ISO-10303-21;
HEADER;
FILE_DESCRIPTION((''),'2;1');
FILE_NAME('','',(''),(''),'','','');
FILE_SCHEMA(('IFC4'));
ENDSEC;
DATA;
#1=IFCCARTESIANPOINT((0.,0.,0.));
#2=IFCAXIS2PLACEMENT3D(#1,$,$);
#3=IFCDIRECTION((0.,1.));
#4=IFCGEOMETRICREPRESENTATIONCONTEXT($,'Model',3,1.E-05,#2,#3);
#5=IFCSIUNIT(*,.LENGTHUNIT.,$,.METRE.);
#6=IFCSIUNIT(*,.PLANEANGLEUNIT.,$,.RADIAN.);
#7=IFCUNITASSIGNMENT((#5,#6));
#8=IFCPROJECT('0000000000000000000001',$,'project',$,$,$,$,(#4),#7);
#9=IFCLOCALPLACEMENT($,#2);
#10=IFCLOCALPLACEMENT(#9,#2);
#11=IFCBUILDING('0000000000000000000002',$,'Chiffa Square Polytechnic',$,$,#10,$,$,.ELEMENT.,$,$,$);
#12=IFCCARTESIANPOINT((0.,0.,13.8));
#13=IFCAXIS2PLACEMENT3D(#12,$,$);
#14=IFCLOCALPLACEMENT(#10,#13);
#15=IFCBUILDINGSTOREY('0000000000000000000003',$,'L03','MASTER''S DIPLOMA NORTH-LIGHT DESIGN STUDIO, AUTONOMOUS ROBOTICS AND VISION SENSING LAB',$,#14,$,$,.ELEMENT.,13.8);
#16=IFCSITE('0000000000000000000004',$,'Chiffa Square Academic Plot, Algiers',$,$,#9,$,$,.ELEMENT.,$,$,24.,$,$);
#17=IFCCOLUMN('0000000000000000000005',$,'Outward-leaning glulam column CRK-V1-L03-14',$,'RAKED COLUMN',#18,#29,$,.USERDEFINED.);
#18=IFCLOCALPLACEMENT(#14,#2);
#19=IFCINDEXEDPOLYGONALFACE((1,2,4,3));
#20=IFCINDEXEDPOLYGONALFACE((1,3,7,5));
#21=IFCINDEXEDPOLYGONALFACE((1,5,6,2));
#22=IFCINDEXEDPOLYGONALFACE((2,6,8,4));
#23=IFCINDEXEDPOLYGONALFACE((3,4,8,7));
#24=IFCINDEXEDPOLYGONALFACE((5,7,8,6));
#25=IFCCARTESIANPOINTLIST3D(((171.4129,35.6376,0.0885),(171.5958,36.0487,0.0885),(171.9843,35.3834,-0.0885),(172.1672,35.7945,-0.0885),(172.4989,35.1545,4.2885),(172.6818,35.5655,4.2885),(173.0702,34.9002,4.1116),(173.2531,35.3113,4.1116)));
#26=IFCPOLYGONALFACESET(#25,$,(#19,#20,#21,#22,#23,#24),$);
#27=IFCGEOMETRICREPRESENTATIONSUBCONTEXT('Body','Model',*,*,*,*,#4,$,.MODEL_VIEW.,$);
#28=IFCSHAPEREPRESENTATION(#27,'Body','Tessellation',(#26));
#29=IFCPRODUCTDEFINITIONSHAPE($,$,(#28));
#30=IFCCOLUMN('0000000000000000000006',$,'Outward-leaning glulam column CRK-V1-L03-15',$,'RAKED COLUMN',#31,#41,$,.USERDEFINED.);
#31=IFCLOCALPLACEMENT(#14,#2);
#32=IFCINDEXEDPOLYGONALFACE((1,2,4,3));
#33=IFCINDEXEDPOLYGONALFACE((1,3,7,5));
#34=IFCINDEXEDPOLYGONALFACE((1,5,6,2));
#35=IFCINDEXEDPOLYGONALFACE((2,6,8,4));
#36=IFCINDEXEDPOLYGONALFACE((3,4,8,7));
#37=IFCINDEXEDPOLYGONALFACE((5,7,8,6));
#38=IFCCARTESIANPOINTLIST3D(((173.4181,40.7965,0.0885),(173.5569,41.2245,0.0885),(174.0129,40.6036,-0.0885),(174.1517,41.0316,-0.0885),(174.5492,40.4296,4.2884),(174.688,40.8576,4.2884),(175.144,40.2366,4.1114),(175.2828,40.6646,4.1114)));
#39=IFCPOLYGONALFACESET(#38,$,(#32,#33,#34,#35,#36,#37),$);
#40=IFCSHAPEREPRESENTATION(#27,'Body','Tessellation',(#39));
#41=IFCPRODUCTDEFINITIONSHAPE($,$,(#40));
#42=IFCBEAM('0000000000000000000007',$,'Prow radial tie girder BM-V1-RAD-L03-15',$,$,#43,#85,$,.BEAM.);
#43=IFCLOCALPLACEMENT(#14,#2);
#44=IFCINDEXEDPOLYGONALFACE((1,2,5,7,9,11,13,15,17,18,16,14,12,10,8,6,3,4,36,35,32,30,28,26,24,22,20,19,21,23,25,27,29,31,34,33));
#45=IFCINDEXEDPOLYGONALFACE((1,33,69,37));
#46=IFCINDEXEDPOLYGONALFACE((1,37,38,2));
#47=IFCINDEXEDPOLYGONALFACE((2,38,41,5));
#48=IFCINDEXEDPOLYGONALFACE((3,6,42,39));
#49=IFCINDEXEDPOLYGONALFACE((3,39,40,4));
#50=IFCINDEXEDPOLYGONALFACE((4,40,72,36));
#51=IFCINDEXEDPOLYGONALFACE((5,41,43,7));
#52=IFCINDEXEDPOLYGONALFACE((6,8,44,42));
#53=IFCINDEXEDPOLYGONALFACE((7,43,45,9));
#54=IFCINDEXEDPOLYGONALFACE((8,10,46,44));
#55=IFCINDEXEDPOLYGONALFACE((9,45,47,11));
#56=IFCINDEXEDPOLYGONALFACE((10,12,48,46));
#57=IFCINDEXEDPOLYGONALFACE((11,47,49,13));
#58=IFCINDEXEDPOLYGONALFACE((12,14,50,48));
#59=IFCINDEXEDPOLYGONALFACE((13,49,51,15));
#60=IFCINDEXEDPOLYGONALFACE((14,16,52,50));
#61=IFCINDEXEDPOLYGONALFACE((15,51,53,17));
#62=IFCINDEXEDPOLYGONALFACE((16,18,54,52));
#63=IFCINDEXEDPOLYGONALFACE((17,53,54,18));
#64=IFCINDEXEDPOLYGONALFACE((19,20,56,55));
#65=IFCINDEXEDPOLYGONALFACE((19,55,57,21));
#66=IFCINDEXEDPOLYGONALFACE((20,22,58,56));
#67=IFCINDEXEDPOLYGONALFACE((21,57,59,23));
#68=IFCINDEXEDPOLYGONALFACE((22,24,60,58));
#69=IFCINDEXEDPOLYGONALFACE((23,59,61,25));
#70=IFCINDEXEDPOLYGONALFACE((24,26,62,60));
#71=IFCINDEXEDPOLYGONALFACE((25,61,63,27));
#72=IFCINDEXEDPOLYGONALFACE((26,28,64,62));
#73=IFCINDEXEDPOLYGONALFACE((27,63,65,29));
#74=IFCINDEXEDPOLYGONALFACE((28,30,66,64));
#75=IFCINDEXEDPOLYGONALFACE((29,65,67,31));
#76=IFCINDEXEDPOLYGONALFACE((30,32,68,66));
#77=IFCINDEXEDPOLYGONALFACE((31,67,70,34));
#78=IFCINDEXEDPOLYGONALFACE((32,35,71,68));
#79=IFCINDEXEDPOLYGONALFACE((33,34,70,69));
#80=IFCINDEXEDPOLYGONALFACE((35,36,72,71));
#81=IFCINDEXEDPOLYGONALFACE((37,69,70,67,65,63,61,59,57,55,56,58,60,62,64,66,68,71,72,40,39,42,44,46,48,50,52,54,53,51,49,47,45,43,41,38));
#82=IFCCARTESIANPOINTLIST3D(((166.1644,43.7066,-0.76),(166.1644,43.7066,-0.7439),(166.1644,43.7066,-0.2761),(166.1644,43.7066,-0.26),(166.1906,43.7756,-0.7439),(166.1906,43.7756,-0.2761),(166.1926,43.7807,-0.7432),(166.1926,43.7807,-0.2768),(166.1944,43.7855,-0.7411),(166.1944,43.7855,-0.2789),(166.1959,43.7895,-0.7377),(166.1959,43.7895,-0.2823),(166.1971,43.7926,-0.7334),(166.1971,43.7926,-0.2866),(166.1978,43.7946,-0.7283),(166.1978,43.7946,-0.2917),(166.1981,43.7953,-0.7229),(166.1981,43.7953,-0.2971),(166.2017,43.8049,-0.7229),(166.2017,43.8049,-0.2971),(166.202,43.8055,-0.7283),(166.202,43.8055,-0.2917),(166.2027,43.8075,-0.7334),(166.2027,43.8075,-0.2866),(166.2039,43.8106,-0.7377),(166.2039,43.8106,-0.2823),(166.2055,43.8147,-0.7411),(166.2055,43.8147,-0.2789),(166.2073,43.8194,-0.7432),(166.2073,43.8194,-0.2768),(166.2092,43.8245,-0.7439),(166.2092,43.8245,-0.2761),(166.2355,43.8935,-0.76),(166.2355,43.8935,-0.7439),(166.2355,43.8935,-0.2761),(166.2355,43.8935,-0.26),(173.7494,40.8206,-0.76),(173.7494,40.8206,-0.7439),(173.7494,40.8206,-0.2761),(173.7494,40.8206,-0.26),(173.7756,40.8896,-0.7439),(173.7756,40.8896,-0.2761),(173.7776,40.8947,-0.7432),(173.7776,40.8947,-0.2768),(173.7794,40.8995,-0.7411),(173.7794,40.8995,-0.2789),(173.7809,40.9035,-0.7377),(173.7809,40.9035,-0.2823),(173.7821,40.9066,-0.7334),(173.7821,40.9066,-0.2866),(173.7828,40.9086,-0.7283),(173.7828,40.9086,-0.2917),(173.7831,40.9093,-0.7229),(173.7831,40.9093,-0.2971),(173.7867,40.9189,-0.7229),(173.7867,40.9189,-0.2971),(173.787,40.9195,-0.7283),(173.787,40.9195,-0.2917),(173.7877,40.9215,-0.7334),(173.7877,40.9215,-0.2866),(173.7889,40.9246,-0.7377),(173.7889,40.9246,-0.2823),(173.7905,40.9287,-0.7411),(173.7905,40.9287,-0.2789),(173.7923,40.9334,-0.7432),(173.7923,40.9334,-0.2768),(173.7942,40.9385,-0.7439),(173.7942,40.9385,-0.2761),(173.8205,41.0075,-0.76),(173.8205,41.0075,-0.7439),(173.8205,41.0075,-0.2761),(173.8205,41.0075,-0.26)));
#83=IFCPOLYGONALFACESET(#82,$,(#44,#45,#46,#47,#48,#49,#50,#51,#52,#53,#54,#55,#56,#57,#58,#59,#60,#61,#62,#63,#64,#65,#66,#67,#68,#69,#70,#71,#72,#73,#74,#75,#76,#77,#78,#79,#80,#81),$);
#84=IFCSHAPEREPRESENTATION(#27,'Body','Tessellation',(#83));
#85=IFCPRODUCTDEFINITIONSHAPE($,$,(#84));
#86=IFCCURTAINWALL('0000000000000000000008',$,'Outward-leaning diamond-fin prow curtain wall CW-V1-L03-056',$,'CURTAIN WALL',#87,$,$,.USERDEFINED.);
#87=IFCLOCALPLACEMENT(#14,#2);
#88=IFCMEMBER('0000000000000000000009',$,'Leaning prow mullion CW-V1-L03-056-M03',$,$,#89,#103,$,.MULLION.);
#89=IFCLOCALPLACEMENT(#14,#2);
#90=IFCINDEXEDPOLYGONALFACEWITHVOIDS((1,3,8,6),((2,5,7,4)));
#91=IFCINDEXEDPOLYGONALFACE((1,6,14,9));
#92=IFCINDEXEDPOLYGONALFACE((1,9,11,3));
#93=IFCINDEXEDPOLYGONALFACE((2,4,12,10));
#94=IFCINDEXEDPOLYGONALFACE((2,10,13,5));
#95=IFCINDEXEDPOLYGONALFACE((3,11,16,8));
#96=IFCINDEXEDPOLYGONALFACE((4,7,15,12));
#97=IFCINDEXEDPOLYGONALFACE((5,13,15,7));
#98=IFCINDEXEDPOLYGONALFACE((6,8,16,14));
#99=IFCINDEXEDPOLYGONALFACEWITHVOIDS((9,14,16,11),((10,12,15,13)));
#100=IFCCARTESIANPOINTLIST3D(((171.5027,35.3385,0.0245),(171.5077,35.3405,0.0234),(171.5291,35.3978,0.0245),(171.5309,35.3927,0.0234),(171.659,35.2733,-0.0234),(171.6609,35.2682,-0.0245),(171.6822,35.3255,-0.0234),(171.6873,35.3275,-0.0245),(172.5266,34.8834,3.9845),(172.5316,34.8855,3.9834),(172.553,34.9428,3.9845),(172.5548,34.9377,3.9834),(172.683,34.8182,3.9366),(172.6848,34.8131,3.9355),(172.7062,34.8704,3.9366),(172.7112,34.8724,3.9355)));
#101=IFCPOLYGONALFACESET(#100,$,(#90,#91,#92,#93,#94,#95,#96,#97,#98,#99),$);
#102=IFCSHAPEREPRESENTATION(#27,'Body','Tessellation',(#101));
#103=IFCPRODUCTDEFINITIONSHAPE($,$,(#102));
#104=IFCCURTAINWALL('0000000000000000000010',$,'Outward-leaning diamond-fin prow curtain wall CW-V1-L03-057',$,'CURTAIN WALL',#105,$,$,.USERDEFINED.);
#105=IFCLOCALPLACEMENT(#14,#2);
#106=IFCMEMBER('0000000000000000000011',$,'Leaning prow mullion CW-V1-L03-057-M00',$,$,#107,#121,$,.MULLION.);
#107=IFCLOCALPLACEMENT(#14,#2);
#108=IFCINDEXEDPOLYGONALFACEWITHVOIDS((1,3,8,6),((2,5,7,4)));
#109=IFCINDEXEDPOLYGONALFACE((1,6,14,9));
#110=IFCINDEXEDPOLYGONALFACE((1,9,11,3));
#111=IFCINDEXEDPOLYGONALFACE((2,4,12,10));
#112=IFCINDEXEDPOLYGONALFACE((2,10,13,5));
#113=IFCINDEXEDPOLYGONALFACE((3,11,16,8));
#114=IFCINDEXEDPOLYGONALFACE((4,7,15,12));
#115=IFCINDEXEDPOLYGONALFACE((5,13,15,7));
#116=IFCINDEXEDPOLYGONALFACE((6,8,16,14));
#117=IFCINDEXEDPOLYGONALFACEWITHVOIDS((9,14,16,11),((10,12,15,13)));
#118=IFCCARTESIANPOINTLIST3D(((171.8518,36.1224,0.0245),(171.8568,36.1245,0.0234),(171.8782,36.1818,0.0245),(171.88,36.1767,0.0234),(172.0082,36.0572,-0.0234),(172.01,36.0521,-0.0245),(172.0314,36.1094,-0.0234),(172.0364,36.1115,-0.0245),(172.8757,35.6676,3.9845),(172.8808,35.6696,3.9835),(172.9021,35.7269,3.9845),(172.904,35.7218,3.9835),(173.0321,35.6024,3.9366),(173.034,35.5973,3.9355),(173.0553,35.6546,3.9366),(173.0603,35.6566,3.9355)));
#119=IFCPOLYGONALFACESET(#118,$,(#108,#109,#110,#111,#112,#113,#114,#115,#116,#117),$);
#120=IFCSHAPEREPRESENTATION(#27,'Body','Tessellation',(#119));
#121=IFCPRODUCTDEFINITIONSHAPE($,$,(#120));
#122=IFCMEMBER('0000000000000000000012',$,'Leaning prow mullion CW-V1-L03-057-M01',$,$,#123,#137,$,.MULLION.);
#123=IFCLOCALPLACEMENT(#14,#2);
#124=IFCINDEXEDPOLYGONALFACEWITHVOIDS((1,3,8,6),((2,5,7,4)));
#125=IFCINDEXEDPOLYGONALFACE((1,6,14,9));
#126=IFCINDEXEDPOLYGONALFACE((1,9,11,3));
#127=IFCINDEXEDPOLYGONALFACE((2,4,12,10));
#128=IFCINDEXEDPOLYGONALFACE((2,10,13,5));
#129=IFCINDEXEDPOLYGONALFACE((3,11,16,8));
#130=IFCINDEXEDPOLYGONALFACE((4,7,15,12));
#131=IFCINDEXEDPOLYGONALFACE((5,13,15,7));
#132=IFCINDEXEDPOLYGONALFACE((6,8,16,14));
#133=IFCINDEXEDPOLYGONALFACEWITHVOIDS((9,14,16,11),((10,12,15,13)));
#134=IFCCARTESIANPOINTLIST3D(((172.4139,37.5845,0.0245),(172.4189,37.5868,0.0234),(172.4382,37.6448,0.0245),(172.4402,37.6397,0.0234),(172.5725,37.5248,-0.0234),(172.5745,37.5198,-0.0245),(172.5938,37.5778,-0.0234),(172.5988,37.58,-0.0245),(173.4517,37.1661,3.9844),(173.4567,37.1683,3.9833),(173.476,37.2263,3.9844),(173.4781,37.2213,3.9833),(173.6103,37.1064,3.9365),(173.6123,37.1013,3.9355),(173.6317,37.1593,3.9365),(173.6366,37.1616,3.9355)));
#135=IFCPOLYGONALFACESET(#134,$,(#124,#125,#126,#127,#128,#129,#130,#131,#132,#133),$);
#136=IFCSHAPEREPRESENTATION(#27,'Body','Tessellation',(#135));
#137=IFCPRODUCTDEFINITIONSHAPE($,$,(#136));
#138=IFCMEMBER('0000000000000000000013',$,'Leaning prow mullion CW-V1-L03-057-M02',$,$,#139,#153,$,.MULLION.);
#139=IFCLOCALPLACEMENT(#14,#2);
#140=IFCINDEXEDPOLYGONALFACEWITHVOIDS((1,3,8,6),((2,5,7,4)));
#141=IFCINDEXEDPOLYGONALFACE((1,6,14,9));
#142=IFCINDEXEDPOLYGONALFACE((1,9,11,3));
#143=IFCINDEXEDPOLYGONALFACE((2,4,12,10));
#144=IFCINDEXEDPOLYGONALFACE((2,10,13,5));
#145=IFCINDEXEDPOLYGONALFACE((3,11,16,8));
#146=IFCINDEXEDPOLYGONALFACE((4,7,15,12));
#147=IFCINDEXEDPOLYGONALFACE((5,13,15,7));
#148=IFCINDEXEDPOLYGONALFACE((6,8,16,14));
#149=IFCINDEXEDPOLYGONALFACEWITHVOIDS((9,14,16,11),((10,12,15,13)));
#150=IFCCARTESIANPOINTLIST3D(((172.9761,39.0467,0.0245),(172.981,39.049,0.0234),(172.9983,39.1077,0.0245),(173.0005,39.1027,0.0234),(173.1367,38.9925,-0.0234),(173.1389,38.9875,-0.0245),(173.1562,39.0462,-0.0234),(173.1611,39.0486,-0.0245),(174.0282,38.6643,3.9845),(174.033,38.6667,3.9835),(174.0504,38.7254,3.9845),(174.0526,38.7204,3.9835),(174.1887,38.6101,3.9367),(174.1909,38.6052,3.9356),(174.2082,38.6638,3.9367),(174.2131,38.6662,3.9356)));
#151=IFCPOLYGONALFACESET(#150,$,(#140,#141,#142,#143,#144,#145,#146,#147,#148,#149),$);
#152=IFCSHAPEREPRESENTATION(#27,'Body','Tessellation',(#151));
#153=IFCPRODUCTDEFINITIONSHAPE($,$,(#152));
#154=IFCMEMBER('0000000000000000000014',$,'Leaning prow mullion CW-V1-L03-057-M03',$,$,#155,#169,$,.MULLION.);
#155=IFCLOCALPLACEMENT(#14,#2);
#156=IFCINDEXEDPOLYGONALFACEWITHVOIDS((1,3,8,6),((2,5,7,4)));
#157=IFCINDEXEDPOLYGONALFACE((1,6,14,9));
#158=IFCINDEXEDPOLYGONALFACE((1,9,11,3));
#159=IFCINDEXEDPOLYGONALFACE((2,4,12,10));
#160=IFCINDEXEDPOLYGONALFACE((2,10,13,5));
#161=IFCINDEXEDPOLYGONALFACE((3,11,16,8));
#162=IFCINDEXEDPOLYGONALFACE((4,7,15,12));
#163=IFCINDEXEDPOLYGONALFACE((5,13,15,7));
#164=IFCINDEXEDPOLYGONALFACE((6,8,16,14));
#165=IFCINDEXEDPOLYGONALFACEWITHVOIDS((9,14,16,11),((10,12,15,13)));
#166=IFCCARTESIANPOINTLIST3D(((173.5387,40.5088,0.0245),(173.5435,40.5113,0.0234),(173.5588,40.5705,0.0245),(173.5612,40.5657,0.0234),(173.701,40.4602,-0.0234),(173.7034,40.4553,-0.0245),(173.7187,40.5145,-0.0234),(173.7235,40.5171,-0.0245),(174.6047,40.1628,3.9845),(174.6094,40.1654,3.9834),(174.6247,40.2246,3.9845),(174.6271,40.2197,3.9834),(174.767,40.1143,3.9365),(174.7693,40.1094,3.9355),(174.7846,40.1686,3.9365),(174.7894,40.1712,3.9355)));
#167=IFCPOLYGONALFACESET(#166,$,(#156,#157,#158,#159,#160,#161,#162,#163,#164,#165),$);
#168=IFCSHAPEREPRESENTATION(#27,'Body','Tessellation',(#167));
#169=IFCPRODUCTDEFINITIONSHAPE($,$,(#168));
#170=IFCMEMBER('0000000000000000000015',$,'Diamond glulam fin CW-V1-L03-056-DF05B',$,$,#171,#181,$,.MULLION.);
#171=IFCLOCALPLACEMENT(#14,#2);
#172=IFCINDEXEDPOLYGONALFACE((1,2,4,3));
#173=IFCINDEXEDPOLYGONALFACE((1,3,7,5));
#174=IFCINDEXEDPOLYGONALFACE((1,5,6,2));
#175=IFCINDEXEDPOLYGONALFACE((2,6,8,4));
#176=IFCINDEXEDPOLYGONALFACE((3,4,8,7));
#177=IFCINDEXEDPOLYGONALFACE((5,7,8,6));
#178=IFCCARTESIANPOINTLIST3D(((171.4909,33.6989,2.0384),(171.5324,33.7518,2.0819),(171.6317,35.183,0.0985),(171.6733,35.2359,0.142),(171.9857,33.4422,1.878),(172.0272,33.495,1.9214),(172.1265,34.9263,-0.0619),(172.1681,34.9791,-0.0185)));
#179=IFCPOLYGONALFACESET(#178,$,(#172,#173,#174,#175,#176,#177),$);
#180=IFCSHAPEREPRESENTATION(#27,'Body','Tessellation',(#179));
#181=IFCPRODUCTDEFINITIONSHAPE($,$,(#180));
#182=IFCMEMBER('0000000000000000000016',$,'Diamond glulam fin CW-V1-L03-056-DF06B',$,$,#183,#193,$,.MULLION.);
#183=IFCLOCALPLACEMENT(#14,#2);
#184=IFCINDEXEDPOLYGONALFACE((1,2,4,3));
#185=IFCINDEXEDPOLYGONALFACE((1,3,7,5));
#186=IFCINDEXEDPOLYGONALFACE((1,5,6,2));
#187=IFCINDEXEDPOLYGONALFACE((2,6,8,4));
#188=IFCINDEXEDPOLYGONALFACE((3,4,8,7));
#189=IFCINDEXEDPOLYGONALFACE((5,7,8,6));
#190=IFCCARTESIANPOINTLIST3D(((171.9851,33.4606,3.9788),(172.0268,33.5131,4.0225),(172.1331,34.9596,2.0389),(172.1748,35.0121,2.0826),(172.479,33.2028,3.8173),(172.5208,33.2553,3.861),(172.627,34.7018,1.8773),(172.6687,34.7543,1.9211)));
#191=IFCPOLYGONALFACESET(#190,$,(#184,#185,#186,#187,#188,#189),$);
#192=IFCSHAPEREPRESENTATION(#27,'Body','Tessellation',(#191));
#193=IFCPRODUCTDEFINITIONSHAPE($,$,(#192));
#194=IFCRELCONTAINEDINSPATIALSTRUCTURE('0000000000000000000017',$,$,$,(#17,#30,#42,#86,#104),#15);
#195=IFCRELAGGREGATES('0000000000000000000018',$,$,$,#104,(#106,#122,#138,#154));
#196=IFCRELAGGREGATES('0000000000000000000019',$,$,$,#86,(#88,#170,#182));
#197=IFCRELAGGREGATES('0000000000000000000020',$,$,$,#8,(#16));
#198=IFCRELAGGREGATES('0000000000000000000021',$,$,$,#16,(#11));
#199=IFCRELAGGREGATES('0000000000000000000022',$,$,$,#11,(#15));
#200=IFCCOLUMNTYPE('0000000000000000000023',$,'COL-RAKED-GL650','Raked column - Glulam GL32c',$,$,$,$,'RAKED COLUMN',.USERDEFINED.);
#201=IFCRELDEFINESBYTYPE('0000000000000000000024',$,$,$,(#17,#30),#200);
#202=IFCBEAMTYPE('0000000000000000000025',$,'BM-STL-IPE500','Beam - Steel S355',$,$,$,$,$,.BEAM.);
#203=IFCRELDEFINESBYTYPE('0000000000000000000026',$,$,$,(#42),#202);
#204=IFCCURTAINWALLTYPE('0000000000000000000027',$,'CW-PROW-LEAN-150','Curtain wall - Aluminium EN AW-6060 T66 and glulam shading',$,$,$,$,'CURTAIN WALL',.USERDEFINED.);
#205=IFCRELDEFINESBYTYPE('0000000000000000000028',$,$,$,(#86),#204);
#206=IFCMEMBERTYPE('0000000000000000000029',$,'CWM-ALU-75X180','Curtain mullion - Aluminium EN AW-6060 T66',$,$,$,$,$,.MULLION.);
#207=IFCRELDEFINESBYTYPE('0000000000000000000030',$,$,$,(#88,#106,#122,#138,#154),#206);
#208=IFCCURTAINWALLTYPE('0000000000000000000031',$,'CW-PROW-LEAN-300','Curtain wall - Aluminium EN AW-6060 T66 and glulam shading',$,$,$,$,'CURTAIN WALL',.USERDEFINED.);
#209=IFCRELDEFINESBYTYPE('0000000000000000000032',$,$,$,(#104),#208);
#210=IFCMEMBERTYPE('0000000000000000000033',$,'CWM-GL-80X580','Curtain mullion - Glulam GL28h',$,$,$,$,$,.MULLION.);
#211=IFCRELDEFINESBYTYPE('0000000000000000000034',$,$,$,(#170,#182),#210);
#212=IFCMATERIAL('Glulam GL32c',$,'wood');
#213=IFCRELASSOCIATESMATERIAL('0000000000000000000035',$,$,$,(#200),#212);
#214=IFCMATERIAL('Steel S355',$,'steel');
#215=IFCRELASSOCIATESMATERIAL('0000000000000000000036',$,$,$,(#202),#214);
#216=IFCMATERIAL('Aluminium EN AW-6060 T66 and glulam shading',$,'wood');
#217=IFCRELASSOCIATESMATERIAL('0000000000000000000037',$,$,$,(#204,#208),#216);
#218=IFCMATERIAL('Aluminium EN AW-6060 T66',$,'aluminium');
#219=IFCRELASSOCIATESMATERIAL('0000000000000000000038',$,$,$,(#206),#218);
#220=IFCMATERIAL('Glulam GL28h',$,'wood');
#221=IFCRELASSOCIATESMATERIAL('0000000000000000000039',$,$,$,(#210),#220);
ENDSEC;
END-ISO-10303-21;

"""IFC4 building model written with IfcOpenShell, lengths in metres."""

from ifc_helpers import new_model, si_unit, direction, frame, origin, origin_2d, place, context, subcontext, project, spatial, rectangle, hollow_rectangle, i_section, extrude, material, material_profile, profile_set, type_object, element, aggregate, save


model = new_model("IFC4")

# Units and contexts
model_context = context("Model", 3, precision=1e-05, world=origin(), true_north=direction((0.0, 1.0)))
body_context = subcontext(model_context, "Body", "Model", "MODEL_VIEW")
ifc_project = project(units=[si_unit("LENGTHUNIT", "METRE"), si_unit("PLANEANGLEUNIT", "RADIAN")], contexts=[model_context])

# Site, building, storey
site_placement = place(None, origin())
site = spatial("IfcSite", under=ifc_project, at=site_placement, Name="Chiffa Square Academic Plot, Algiers", CompositionType="ELEMENT", RefElevation=24.0)
building_placement = place(site_placement, origin())
building = spatial("IfcBuilding", under=site, at=building_placement, Name="Chiffa Square Polytechnic", CompositionType="ELEMENT")
storey_placement = place(building_placement, frame((0.0, 0.0, 13.8)))
storey = spatial("IfcBuildingStorey", under=building, at=storey_placement, Name="L03", Description="MASTER'S DIPLOMA NORTH-LIGHT DESIGN STUDIO, AUTONOMOUS ROBOTICS AND VISION SENSING LAB", CompositionType="ELEMENT", Elevation=13.8)

# Columns
ifc_material_1 = material(Name="Glulam GL32c", Category="wood")
ifc_material_profile_1 = material_profile(ifc_material_1, rectangle(XDim=0.45, YDim=0.6499, at=origin_2d()), Name="GL32c 450x650")
ifc_profile_set_1 = profile_set([ifc_material_profile_1], Name="Glulam GL32c")
column_type = type_object("IfcColumnType", Name="COL-RAKED-GL650", Description="Raked column - Glulam GL32c", ElementType="RAKED COLUMN", PredefinedType="USERDEFINED", material=ifc_profile_set_1)
for number, where, z_axis, x_axis, name in (
    (1, (171.79, 35.7161, 0.0), (0.248789, -0.110691, 0.962212), (0.406501, 0.913651, 0.0), "Outward-leaning glulam column CRK-V1-L03-14"),
    (2, (173.7849, 40.9141, 0.0), (0.259127, -0.084064, 0.962178), (0.30858, 0.951198, 0.0), "Outward-leaning glulam column CRK-V1-L03-15"),
):
    element("IfcColumn", number, at=place(storey_placement, frame(where, z_axis=z_axis, x_axis=x_axis)), inside=storey, type_object=column_type, Name=name, ObjectType="RAKED COLUMN", PredefinedType="USERDEFINED", context=body_context, shape_type="SweptSolid", body=[
        extrude(rectangle(XDim=0.45, YDim=0.6499, at=origin_2d()), origin(), (0.0, 0.0, 1.0), 4.365),
    ])

# Beam
ifc_material_2 = material(Name="Steel S355", Category="steel")
ifc_material_profile_2 = material_profile(ifc_material_2, i_section(OverallWidth=0.2, OverallDepth=0.5, WebThickness=0.0103, FlangeThickness=0.0161, FilletRadius=0.021, at=origin_2d()), Name="IPE 500")
ifc_profile_set_2 = profile_set([ifc_material_profile_2], Name="Steel S355")
beam_type_1 = type_object("IfcBeamType", Name="BM-STL-IPE500", Description="Beam - Steel S355", PredefinedType="BEAM", material=ifc_profile_set_2)
beam_1_placement = place(storey_placement, frame((173.7849, 40.9141, -0.51), z_axis=(-0.934632, 0.355616, 0.0), x_axis=(-0.355616, -0.934632, 0.0)))
element("IfcBeam", 3, at=beam_1_placement, inside=storey, type_object=beam_type_1, Name="Prow radial tie girder BM-V1-RAD-L03-15", PredefinedType="BEAM", context=body_context, shape_type="SweptSolid", body=[
    extrude(i_section(OverallWidth=0.2, OverallDepth=0.5, WebThickness=0.0103, FlangeThickness=0.0161, FilletRadius=0.021, at=origin_2d()), origin(), (0.0, 0.0, 1.0), 8.1155),
])

# Curtain wall, member
ifc_material_3 = material(Name="Aluminium EN AW-6060 T66 and glulam shading", Category="wood")
curtain_wall_type_1 = type_object("IfcCurtainWallType", Name="CW-PROW-LEAN-150", Description="Curtain wall - Aluminium EN AW-6060 T66 and glulam shading", ElementType="CURTAIN WALL", PredefinedType="USERDEFINED", material=ifc_material_3)
curtain_wall_1_placement = place(storey_placement, origin())
curtain_wall_1 = element("IfcCurtainWall", 4, at=curtain_wall_1_placement, inside=storey, type_object=curtain_wall_type_1, Name="Outward-leaning diamond-fin prow curtain wall CW-V1-L03-056", ObjectType="CURTAIN WALL", PredefinedType="USERDEFINED")
ifc_material_4 = material(Name="Aluminium EN AW-6060 T66", Category="aluminium")
ifc_material_profile_3 = material_profile(ifc_material_4, hollow_rectangle(XDim=0.0649, YDim=0.1799, WallThickness=0.0039, at=origin_2d()), Name="ALU 65x180x4")
ifc_profile_set_3 = profile_set([ifc_material_profile_3], Name="Aluminium EN AW-6060 T66")
member_type_1 = type_object("IfcMemberType", Name="CWM-ALU-75X180", Description="Curtain mullion - Aluminium EN AW-6060 T66", PredefinedType="MULLION", material=ifc_profile_set_3)
member_1_placement = place(storey_placement, frame((171.595, 35.333, 0.0), z_axis=(0.248801, -0.110578, 0.962222), x_axis=(0.406138, 0.913812, 0.0)))
member_1 = element("IfcMember", 5, at=member_1_placement, type_object=member_type_1, Name="Leaning prow mullion CW-V1-L03-056-M03", PredefinedType="MULLION", context=body_context, shape_type="SweptSolid", body=[
    extrude(hollow_rectangle(XDim=0.0649, YDim=0.1799, WallThickness=0.0039, at=origin_2d()), origin(), (0.0, 0.0, 1.0), 4.1155),
])

# Curtain wall, members
curtain_wall_type_2 = type_object("IfcCurtainWallType", Name="CW-PROW-LEAN-300", Description="Curtain wall - Aluminium EN AW-6060 T66 and glulam shading", ElementType="CURTAIN WALL", PredefinedType="USERDEFINED", material=ifc_material_3)
curtain_wall_2_placement = place(storey_placement, origin())
curtain_wall_2 = element("IfcCurtainWall", 6, at=curtain_wall_2_placement, inside=storey, type_object=curtain_wall_type_2, Name="Outward-leaning diamond-fin prow curtain wall CW-V1-L03-057", ObjectType="CURTAIN WALL", PredefinedType="USERDEFINED")
member_2_placement = place(storey_placement, frame((171.9441, 36.1169, 0.0), z_axis=(0.248803, -0.11052, 0.962228), x_axis=(0.405956, 0.913892, 0.0)))
member_2 = element("IfcMember", 7, at=member_2_placement, type_object=member_type_1, Name="Leaning prow mullion CW-V1-L03-057-M00", PredefinedType="MULLION", context=body_context, shape_type="SweptSolid", body=[
    extrude(hollow_rectangle(XDim=0.0649, YDim=0.1799, WallThickness=0.0039, at=origin_2d()), origin(), (0.0, 0.0, 1.0), 4.1155),
])
member_3_placement = place(storey_placement, frame((172.5063, 37.5823, 0.0), z_axis=(0.252207, -0.10169, 0.962315), x_axis=(0.373947, 0.92745, 0.0)))
member_3 = element("IfcMember", 8, at=member_3_placement, type_object=member_type_1, Name="Leaning prow mullion CW-V1-L03-057-M01", PredefinedType="MULLION", context=body_context, shape_type="SweptSolid", body=[
    extrude(hollow_rectangle(XDim=0.0649, YDim=0.1799, WallThickness=0.0039, at=origin_2d()), origin(), (0.0, 0.0, 1.0), 4.115),
])
member_4_placement = place(storey_placement, frame((173.0686, 39.0476, 0.0), z_axis=(0.255643, -0.092907, 0.962297), x_axis=(0.341568, 0.939857, 0.0)))
member_4 = element("IfcMember", 9, at=member_4_placement, type_object=member_type_1, Name="Leaning prow mullion CW-V1-L03-057-M02", PredefinedType="MULLION", context=body_context, shape_type="SweptSolid", body=[
    extrude(hollow_rectangle(XDim=0.0649, YDim=0.1799, WallThickness=0.0039, at=origin_2d()), origin(), (0.0, 0.0, 1.0), 4.1152),
])
member_5_placement = place(storey_placement, frame((173.6311, 40.5129, 0.0), z_axis=(0.259002, -0.08406, 0.962212), x_axis=(0.308702, 0.951159, 0.0)))
member_5 = element("IfcMember", 10, at=member_5_placement, type_object=member_type_1, Name="Leaning prow mullion CW-V1-L03-057-M03", PredefinedType="MULLION", context=body_context, shape_type="SweptSolid", body=[
    extrude(hollow_rectangle(XDim=0.0649, YDim=0.1799, WallThickness=0.0039, at=origin_2d()), origin(), (0.0, 0.0, 1.0), 4.1155),
])

# Members
ifc_material_5 = material(Name="Glulam GL28h", Category="wood")
ifc_material_profile_4 = material_profile(ifc_material_5, rectangle(XDim=0.0801, YDim=0.5801, at=origin_2d()), Name="GL28h 80x580")
ifc_profile_set_4 = profile_set([ifc_material_profile_4], Name="Glulam GL28h")
member_type_2 = type_object("IfcMemberType", Name="CWM-GL-80X580", Description="Curtain mullion - Glulam GL28h", PredefinedType="MULLION", material=ifc_profile_set_4)
member_6_placement = place(storey_placement, frame((171.8999, 35.0811, 0.04), z_axis=(-0.057577, -0.606609, 0.792913), x_axis=(0.518717, 0.660431, 0.542922)))
member_6 = element("IfcMember", 11, at=member_6_placement, type_object=member_type_2, Name="Diamond glulam fin CW-V1-L03-056-DF05B", PredefinedType="MULLION", context=body_context, shape_type="SweptSolid", body=[
    extrude(rectangle(XDim=0.0801, YDim=0.5801, at=origin_2d()), origin(), (0.0, 0.0, 1.0), 2.4465),
])
member_7_placement = place(storey_placement, frame((172.4009, 34.8569, 1.98), z_axis=(-0.060238, -0.610331, 0.789852), x_axis=(0.520919, 0.65577, 0.546452)))
member_7 = element("IfcMember", 12, at=member_7_placement, type_object=member_type_2, Name="Diamond glulam fin CW-V1-L03-056-DF06B", PredefinedType="MULLION", context=body_context, shape_type="SweptSolid", body=[
    extrude(rectangle(XDim=0.0801, YDim=0.5801, at=origin_2d()), origin(), (0.0, 0.0, 1.0), 2.4561),
])

aggregate(curtain_wall_2, [member_2, member_3, member_4, member_5])
aggregate(curtain_wall_1, [member_1, member_6, member_7])

save(model, "model.ifc")
